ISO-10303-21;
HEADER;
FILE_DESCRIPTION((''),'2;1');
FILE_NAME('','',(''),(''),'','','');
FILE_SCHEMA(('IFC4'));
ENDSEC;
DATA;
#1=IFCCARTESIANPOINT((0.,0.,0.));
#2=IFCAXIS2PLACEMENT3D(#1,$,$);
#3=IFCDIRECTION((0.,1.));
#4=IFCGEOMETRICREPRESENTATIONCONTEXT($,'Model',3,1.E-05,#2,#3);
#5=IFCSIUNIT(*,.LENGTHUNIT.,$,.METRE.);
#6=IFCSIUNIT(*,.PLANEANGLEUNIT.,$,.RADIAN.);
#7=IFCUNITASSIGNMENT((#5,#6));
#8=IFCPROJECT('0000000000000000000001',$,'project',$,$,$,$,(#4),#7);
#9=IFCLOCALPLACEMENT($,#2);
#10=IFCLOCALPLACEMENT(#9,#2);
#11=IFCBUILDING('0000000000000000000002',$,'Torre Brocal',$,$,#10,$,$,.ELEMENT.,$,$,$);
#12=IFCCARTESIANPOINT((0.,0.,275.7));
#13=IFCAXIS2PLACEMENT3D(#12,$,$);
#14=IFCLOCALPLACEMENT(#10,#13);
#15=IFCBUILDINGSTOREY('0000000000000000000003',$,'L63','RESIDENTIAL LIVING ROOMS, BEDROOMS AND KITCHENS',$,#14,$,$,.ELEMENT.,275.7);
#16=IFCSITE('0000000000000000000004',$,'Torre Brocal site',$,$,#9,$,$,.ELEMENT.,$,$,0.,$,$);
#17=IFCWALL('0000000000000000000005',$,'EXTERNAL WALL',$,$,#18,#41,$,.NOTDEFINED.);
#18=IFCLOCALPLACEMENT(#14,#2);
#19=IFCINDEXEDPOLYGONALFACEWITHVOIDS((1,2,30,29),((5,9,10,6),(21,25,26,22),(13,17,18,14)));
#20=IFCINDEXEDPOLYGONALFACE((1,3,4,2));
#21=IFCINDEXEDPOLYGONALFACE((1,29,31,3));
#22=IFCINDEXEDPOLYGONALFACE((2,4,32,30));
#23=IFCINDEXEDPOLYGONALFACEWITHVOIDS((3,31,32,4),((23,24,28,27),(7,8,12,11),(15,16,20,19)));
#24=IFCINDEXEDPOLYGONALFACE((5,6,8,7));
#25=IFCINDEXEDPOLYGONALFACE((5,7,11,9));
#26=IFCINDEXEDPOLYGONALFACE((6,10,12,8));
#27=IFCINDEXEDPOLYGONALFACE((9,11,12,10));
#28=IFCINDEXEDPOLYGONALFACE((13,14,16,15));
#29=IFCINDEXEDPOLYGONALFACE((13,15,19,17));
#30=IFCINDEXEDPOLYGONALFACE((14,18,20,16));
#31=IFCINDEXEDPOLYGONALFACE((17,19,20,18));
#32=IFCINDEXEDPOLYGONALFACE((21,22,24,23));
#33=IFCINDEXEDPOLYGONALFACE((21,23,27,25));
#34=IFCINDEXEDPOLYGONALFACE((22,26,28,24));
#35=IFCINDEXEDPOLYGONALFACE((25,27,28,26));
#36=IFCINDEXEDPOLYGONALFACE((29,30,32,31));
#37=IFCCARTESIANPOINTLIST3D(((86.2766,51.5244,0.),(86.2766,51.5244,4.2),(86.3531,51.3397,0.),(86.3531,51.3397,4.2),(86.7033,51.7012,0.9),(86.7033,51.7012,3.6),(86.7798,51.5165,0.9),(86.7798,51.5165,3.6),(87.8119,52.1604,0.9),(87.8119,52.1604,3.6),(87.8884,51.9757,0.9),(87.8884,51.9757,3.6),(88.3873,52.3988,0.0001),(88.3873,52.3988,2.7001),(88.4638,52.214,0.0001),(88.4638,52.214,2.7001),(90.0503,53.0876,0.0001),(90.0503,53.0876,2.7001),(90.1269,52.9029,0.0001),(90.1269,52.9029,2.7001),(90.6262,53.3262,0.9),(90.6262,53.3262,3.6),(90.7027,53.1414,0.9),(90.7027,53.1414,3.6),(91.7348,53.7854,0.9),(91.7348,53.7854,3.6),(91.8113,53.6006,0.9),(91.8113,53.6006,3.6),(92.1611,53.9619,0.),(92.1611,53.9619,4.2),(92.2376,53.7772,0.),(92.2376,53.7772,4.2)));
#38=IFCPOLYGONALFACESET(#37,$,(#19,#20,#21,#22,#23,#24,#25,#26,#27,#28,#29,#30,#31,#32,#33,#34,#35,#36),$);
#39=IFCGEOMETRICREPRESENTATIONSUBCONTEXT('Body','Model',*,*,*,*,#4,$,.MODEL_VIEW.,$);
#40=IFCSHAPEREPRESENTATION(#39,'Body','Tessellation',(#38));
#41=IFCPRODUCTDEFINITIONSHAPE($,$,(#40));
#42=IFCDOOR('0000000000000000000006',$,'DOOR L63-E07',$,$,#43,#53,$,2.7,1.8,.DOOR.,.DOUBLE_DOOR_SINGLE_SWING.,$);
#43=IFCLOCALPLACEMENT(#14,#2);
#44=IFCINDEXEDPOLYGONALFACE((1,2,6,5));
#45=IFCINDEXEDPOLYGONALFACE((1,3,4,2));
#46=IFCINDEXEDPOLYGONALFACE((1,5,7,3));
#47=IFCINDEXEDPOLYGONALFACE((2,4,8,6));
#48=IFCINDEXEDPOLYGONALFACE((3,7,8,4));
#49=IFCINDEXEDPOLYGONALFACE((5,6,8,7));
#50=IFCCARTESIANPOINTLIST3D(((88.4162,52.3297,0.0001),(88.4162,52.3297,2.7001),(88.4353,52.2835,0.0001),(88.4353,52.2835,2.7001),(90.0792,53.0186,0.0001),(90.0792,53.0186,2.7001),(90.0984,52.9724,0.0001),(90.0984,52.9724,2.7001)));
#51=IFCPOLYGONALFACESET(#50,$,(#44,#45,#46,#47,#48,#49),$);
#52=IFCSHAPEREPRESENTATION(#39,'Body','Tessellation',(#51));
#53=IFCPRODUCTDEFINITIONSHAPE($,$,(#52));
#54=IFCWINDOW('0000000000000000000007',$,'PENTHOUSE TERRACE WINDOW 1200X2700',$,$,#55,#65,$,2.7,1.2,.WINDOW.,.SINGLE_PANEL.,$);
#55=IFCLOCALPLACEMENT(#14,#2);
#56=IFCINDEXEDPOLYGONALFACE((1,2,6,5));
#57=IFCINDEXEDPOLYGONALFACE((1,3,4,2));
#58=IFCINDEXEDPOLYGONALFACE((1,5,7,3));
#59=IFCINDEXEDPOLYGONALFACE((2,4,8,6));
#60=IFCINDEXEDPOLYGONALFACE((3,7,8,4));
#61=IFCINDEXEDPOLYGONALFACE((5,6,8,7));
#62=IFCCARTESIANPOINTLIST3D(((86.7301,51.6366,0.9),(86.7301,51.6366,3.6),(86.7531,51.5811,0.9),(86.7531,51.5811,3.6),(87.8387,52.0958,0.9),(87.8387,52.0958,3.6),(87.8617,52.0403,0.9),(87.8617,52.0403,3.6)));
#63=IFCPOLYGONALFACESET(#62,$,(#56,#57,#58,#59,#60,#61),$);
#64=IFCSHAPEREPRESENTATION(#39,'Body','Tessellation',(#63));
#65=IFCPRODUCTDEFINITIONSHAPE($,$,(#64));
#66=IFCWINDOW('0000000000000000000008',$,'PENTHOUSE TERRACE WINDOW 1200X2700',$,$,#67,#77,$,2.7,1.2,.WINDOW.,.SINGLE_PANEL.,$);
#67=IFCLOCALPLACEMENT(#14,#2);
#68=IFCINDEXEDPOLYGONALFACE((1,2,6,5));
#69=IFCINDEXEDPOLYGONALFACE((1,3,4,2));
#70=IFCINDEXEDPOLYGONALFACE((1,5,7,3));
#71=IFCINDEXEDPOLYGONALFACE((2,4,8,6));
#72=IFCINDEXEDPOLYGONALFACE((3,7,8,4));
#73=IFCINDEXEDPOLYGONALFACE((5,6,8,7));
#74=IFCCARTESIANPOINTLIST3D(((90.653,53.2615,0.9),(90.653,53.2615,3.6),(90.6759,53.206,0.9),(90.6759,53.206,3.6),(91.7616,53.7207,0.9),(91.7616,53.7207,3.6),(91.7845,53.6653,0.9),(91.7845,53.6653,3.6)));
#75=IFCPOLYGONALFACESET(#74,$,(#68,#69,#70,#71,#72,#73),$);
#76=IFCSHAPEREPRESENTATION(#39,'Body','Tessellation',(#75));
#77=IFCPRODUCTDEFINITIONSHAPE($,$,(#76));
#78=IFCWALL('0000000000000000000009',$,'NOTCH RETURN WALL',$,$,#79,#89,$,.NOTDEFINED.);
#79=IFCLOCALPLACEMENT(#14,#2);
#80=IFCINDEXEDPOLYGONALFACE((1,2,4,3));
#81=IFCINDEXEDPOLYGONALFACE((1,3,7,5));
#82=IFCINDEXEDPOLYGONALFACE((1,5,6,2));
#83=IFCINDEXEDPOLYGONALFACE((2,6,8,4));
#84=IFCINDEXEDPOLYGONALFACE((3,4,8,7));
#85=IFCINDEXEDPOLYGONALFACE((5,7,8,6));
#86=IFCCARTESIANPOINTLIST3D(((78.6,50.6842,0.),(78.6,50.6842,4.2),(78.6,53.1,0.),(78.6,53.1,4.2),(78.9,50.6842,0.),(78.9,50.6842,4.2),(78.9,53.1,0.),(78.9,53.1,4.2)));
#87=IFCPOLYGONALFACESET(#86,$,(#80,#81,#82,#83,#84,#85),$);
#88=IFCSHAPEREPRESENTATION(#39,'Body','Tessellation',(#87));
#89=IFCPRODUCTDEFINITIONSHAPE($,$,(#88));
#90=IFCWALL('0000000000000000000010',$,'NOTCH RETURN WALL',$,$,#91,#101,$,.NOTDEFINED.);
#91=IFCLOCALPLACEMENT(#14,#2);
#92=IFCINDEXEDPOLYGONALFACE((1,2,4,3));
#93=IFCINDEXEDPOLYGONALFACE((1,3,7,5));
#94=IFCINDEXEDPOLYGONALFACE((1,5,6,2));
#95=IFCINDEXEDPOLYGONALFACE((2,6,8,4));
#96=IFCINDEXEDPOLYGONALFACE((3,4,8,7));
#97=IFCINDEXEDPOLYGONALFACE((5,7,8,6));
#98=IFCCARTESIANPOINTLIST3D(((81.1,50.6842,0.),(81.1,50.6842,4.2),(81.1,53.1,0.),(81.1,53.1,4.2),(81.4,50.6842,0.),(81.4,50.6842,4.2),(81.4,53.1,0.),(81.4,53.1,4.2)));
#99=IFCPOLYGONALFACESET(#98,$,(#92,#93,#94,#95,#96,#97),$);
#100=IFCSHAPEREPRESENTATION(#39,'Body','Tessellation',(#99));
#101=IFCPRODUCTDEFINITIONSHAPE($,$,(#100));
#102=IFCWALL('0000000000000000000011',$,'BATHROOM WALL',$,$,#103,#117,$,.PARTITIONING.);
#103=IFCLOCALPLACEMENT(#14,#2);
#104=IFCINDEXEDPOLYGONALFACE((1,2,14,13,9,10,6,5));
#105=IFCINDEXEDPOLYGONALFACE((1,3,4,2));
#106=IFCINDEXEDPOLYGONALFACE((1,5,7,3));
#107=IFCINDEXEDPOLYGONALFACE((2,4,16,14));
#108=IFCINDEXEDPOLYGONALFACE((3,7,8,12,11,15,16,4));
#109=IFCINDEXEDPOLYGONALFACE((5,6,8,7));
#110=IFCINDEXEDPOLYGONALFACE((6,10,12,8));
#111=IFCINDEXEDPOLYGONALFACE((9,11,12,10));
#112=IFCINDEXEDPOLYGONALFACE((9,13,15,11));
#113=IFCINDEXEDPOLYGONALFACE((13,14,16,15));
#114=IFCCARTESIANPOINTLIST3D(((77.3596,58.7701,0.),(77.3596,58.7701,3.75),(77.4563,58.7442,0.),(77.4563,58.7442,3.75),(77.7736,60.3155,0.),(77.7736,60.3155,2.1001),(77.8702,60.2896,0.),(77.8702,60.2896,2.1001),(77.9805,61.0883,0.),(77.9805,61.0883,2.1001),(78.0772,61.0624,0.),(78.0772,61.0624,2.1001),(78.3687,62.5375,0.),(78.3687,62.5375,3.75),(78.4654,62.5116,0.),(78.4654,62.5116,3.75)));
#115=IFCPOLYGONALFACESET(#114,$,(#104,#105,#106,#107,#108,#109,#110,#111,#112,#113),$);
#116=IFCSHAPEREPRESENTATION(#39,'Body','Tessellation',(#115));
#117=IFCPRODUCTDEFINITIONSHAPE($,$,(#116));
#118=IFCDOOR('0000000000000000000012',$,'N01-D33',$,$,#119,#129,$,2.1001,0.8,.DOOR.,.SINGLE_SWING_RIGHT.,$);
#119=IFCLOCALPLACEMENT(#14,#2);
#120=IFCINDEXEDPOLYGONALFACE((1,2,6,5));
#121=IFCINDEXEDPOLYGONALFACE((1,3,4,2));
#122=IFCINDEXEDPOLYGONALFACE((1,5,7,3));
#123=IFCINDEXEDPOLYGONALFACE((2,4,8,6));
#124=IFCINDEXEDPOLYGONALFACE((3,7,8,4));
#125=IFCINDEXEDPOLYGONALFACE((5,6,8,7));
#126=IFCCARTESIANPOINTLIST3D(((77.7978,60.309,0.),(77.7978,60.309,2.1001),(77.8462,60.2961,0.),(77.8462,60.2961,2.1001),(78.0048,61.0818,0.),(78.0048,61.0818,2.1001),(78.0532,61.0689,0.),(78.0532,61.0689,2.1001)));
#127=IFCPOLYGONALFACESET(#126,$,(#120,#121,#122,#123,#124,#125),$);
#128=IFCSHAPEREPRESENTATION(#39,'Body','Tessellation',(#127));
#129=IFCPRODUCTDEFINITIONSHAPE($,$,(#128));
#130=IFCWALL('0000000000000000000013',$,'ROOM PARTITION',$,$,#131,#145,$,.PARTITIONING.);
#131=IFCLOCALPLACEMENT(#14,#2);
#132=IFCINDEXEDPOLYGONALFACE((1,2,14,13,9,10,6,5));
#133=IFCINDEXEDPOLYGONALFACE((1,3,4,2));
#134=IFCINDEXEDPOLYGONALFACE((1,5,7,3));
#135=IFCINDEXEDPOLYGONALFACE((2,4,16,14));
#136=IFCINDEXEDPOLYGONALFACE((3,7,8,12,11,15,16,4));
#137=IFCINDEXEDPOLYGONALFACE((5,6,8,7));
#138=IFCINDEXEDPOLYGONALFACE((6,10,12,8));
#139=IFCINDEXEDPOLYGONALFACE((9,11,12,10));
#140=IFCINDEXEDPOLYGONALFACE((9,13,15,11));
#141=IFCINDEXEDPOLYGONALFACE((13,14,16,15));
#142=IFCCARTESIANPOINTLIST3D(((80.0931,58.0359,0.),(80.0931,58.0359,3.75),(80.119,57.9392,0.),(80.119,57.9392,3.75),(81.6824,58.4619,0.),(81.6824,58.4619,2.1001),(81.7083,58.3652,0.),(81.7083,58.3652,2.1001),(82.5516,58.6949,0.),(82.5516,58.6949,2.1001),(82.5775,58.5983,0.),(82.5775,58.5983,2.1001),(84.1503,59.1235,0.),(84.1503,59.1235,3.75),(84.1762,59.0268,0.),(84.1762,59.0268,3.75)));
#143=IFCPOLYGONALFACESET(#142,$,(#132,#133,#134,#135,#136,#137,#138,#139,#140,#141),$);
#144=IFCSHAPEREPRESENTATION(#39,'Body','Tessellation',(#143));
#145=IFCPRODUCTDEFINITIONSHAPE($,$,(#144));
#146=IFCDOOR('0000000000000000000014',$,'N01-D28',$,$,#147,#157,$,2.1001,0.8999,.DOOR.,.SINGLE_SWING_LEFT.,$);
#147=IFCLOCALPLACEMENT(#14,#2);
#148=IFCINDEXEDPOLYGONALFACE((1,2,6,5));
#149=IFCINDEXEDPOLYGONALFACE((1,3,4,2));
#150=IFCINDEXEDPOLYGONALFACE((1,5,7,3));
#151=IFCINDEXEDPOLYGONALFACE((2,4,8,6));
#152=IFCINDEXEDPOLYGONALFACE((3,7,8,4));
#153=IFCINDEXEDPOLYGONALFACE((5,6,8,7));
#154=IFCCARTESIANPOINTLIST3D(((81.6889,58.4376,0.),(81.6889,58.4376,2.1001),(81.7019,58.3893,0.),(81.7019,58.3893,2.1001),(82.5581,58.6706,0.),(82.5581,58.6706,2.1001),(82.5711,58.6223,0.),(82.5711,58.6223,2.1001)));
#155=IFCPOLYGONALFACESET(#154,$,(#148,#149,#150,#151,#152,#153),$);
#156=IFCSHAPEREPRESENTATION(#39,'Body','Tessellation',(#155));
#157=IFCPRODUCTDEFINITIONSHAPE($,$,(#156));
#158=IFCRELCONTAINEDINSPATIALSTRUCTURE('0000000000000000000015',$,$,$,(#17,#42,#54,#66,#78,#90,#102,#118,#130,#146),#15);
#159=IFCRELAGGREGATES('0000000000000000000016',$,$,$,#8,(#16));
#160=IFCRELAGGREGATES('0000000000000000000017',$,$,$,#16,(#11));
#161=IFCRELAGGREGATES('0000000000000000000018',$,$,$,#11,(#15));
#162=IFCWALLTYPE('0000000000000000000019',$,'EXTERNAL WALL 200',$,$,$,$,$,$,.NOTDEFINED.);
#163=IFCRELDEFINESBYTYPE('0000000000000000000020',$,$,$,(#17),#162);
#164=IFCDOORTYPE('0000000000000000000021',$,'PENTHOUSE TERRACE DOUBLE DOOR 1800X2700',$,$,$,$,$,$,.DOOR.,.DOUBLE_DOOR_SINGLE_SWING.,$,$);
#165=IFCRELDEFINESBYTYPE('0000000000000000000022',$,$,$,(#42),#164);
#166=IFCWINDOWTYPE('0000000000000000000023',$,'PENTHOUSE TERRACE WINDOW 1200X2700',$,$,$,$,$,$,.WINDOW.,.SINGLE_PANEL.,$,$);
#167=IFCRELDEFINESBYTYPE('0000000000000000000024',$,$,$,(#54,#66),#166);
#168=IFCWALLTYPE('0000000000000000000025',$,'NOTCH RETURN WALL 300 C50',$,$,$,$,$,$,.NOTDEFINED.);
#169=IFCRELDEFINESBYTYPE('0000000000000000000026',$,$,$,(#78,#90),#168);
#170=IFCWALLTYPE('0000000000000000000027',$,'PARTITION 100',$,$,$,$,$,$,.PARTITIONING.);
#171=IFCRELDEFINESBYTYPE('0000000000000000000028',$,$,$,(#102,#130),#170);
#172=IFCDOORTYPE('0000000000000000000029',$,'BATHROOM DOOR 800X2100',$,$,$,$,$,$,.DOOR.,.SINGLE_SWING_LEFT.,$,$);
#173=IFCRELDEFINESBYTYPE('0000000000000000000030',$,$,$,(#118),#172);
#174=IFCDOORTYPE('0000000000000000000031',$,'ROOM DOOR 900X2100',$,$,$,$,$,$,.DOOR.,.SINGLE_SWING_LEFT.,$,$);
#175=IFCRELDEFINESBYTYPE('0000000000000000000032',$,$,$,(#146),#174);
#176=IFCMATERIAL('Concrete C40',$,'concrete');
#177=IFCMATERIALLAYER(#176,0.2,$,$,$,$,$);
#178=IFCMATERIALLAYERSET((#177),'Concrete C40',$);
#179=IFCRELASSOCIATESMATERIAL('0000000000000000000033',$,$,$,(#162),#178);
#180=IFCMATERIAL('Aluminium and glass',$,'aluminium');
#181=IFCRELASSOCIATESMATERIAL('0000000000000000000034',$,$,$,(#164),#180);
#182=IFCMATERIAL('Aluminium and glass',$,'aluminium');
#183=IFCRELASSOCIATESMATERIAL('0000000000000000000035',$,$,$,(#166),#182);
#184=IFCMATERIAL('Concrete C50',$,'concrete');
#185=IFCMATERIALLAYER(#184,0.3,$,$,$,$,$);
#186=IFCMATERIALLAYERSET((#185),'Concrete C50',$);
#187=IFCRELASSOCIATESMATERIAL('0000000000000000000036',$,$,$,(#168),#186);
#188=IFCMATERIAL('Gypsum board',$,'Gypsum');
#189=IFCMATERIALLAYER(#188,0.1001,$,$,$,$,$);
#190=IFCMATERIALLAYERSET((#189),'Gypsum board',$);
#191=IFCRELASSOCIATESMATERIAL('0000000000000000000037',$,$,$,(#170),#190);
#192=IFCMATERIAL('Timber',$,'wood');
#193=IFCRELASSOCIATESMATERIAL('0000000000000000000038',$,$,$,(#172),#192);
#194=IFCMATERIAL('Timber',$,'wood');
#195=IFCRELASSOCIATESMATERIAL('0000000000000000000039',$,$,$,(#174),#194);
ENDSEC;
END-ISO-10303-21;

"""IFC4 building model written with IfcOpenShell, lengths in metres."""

from ifc_helpers import new_model, si_unit, direction, frame, frame_2d, origin, place, context, subcontext, project, spatial, rectangle, extrude, material, layer, layer_set, type_object, element, fill, save


model = new_model("IFC4")

# Units and contexts
model_context = context("Model", 3, precision=1e-05, world=origin(), true_north=direction((0.0, 1.0)))
body_context = subcontext(model_context, "Body", "Model", "MODEL_VIEW")
ifc_project = project(units=[si_unit("LENGTHUNIT", "METRE"), si_unit("PLANEANGLEUNIT", "RADIAN")], contexts=[model_context])

# Site, building, storey
site_placement = place(None, origin())
site = spatial("IfcSite", under=ifc_project, at=site_placement, Name="Torre Brocal site", CompositionType="ELEMENT", RefElevation=0.0)
building_placement = place(site_placement, origin())
building = spatial("IfcBuilding", under=site, at=building_placement, Name="Torre Brocal", CompositionType="ELEMENT")
storey_placement = place(building_placement, frame((0.0, 0.0, 275.7)))
storey = spatial("IfcBuildingStorey", under=building, at=storey_placement, Name="L63", Description="RESIDENTIAL LIVING ROOMS, BEDROOMS AND KITCHENS", CompositionType="ELEMENT", Elevation=275.7)

# Wall, openings, door, windows
ifc_material_1 = material(Name="Concrete C40", Category="concrete")
ifc_layer_1 = layer(ifc_material_1, 0.2)
ifc_layer_set_1 = layer_set([ifc_layer_1], Name="Concrete C40")
wall_type_1 = type_object("IfcWallType", Name="EXTERNAL WALL 200", PredefinedType="NOTDEFINED", material=ifc_layer_set_1)
wall_1_placement = place(storey_placement, frame((86.3149, 51.4321, 0.0), z_axis=(0.0, 0.0, 1.0), x_axis=(0.923877, 0.38269, 0.0)))
wall_1 = element("IfcWall", 1, at=wall_1_placement, inside=storey, type_object=wall_type_1, Name="EXTERNAL WALL", PredefinedType="NOTDEFINED", context=body_context, shape_type="SweptSolid", body=[
    extrude(rectangle(XDim=6.3694, YDim=0.2, at=frame_2d((3.1846, 0.0))), origin(), (0.0, 0.0, 1.0), 4.2),
])
opening_1_placement = place(wall_1_placement, frame((0.4617, 0.0, 0.8999)))
opening_1 = element("IfcOpeningElement", 2, at=opening_1_placement, cuts=wall_1, PredefinedType="OPENING", context=body_context, shape_type="SweptSolid", body=[
    extrude(rectangle(XDim=1.2, YDim=2.7, at=frame_2d((0.6001, 1.3501))), frame((0.0, 0.1099, 0.0), z_axis=(0.0, -1.0, 0.0), x_axis=(1.0, 0.0, 0.0)), (0.0, 0.0, 1.0), 0.22),
])
opening_2_placement = place(wall_1_placement, frame((2.2847, 0.0, 0.0)))
opening_2 = element("IfcOpeningElement", 3, at=opening_2_placement, cuts=wall_1, PredefinedType="OPENING", context=body_context, shape_type="SweptSolid", body=[
    extrude(rectangle(XDim=1.8, YDim=2.7, at=frame_2d((0.8999, 1.3501))), frame((0.0, 0.1099, 0.0), z_axis=(0.0, -1.0, 0.0), x_axis=(1.0, 0.0, 0.0)), (0.0, 0.0, 1.0), 0.22),
])
opening_3_placement = place(wall_1_placement, frame((4.7078, 0.0, 0.8999)))
opening_3 = element("IfcOpeningElement", 4, at=opening_3_placement, cuts=wall_1, PredefinedType="OPENING", context=body_context, shape_type="SweptSolid", body=[
    extrude(rectangle(XDim=1.2, YDim=2.7, at=frame_2d((0.6001, 1.3501))), frame((0.0, 0.1099, 0.0), z_axis=(0.0, -1.0, 0.0), x_axis=(1.0, 0.0, 0.0)), (0.0, 0.0, 1.0), 0.22),
])
ifc_material_2 = material(Name="Aluminium and glass", Category="aluminium")
door_type_1 = type_object("IfcDoorType", Name="PENTHOUSE TERRACE DOUBLE DOOR 1800X2700", OperationType="DOUBLE_DOOR_SINGLE_SWING", PredefinedType="DOOR", material=ifc_material_2)
door_1_placement = place(opening_2_placement, frame((1.8, 0.0, 0.0), z_axis=(0.0, 0.0, 1.0), x_axis=(-1.0, 0.0, 0.0)))
door_1 = element("IfcDoor", 5, at=door_1_placement, inside=storey, type_object=door_type_1, Name="DOOR L63-E07", OperationType="DOUBLE_DOOR_SINGLE_SWING", OverallHeight=2.7, OverallWidth=1.8, PredefinedType="DOOR", context=body_context, shape_type="SweptSolid", body=[
    extrude(rectangle(XDim=1.8, YDim=2.7, at=frame_2d((0.8999, 1.3501))), frame((0.0, 0.0249, 0.0), z_axis=(0.0, -1.0, 0.0), x_axis=(1.0, 0.0, 0.0)), (0.0, 0.0, 1.0), 0.05),
])
fill(opening_2, door_1)
ifc_material_3 = material(Name="Aluminium and glass", Category="aluminium")
window_type = type_object("IfcWindowType", Name="PENTHOUSE TERRACE WINDOW 1200X2700", PartitioningType="SINGLE_PANEL", PredefinedType="WINDOW", material=ifc_material_3)
window_1_placement = place(opening_1_placement, origin())
window_1 = element("IfcWindow", 6, at=window_1_placement, inside=storey, type_object=window_type, Name="PENTHOUSE TERRACE WINDOW 1200X2700", OverallHeight=2.7, OverallWidth=1.2, PartitioningType="SINGLE_PANEL", PredefinedType="WINDOW", context=body_context, shape_type="SweptSolid", body=[
    extrude(rectangle(XDim=1.2, YDim=2.7, at=frame_2d((0.6001, 1.3501))), frame((0.0, 0.03, 0.0), z_axis=(0.0, -1.0, 0.0), x_axis=(1.0, 0.0, 0.0)), (0.0, 0.0, 1.0), 0.0601),
])
fill(opening_1, window_1)
window_2_placement = place(opening_3_placement, origin())
window_2 = element("IfcWindow", 7, at=window_2_placement, inside=storey, type_object=window_type, Name="PENTHOUSE TERRACE WINDOW 1200X2700", OverallHeight=2.7, OverallWidth=1.2, PartitioningType="SINGLE_PANEL", PredefinedType="WINDOW", context=body_context, shape_type="SweptSolid", body=[
    extrude(rectangle(XDim=1.2, YDim=2.7, at=frame_2d((0.6001, 1.3501))), frame((0.0, 0.03, 0.0), z_axis=(0.0, -1.0, 0.0), x_axis=(1.0, 0.0, 0.0)), (0.0, 0.0, 1.0), 0.0601),
])
fill(opening_3, window_2)

# Walls
ifc_material_4 = material(Name="Concrete C50", Category="concrete")
ifc_layer_2 = layer(ifc_material_4, 0.3)
ifc_layer_set_2 = layer_set([ifc_layer_2], Name="Concrete C50")
wall_type_2 = type_object("IfcWallType", Name="NOTCH RETURN WALL 300 C50", PredefinedType="NOTDEFINED", material=ifc_layer_set_2)
for number, where, z_axis, x_axis, name in (
    (8, (78.75, 53.1001, 0.0), (0.0, 0.0, 1.0), (0.0, -1.0, 0.0), "NOTCH RETURN WALL"),
    (9, (81.25, 53.1001, 0.0), (0.0, 0.0, 1.0), (0.0, -1.0, 0.0), "NOTCH RETURN WALL"),
):
    element("IfcWall", number, at=place(storey_placement, frame(where, z_axis=z_axis, x_axis=x_axis)), inside=storey, type_object=wall_type_2, Name=name, PredefinedType="NOTDEFINED", context=body_context, shape_type="SweptSolid", body=[
        extrude(rectangle(XDim=2.4158, YDim=0.3, at=frame_2d((1.208, 0.0))), origin(), (0.0, 0.0, 1.0), 4.2),
    ])

# Walls, openings, doors
ifc_material_5 = material(Name="Gypsum board", Category="Gypsum")
ifc_layer_3 = layer(ifc_material_5, 0.1001)
ifc_layer_set_3 = layer_set([ifc_layer_3], Name="Gypsum board")
wall_type_3 = type_object("IfcWallType", Name="PARTITION 100", PredefinedType="PARTITIONING", material=ifc_layer_set_3)
wall_2_placement = place(storey_placement, frame((77.408, 58.7571, 0.0), z_axis=(0.0, 0.0, 1.0), x_axis=(0.258718, 0.965953, 0.0)))
wall_2 = element("IfcWall", 10, at=wall_2_placement, inside=storey, type_object=wall_type_3, Name="BATHROOM WALL", PredefinedType="PARTITIONING", context=body_context, shape_type="SweptSolid", body=[
    extrude(rectangle(XDim=3.9001, YDim=0.1001, at=frame_2d((1.9502, 0.0))), origin(), (0.0, 0.0, 1.0), 3.75),
])
opening_4_placement = place(wall_2_placement, frame((1.6001, 0.0, 0.0)))
opening_4 = element("IfcOpeningElement", 11, at=opening_4_placement, cuts=wall_2, PredefinedType="OPENING", context=body_context, shape_type="SweptSolid", body=[
    extrude(rectangle(XDim=0.8, YDim=2.1001, at=frame_2d((0.3999, 1.05))), frame((0.0, 0.0601, 0.0), z_axis=(0.0, -1.0, 0.0), x_axis=(1.0, 0.0, 0.0)), (0.0, 0.0, 1.0), 0.1201),
])
ifc_material_6 = material(Name="Timber", Category="wood")
door_type_2 = type_object("IfcDoorType", Name="BATHROOM DOOR 800X2100", OperationType="SINGLE_SWING_LEFT", PredefinedType="DOOR", material=ifc_material_6)
door_2_placement = place(opening_4_placement, origin())
door_2 = element("IfcDoor", 12, at=door_2_placement, inside=storey, type_object=door_type_2, Name="N01-D33", OperationType="SINGLE_SWING_RIGHT", OverallHeight=2.1001, OverallWidth=0.8, PredefinedType="DOOR", context=body_context, shape_type="SweptSolid", body=[
    extrude(rectangle(XDim=0.8, YDim=2.1001, at=frame_2d((0.3999, 1.05))), frame((0.0, 0.0249, 0.0), z_axis=(0.0, -1.0, 0.0), x_axis=(1.0, 0.0, 0.0)), (0.0, 0.0, 1.0), 0.05),
])
fill(opening_4, door_2)
wall_3_placement = place(storey_placement, frame((80.1062, 57.9875, 0.0), z_axis=(0.0, 0.0, 1.0), x_axis=(0.965894, 0.258939, 0.0)))
wall_3 = element("IfcWall", 13, at=wall_3_placement, inside=storey, type_object=wall_type_3, Name="ROOM PARTITION", PredefinedType="PARTITIONING", context=body_context, shape_type="SweptSolid", body=[
    extrude(rectangle(XDim=4.2004, YDim=0.1001, at=frame_2d((2.1001, 0.0))), origin(), (0.0, 0.0, 1.0), 3.75),
])
opening_5_placement = place(wall_3_placement, frame((1.6453, 0.0, 0.0)))
opening_5 = element("IfcOpeningElement", 14, at=opening_5_placement, cuts=wall_3, PredefinedType="OPENING", context=body_context, shape_type="SweptSolid", body=[
    extrude(rectangle(XDim=0.8999, YDim=2.1001, at=frame_2d((0.45, 1.05))), frame((0.0, 0.0601, 0.0), z_axis=(0.0, -1.0, 0.0), x_axis=(1.0, 0.0, 0.0)), (0.0, 0.0, 1.0), 0.1201),
])
ifc_material_7 = material(Name="Timber", Category="wood")
door_type_3 = type_object("IfcDoorType", Name="ROOM DOOR 900X2100", OperationType="SINGLE_SWING_LEFT", PredefinedType="DOOR", material=ifc_material_7)
door_3_placement = place(opening_5_placement, origin())
door_3 = element("IfcDoor", 15, at=door_3_placement, inside=storey, type_object=door_type_3, Name="N01-D28", OperationType="SINGLE_SWING_LEFT", OverallHeight=2.1001, OverallWidth=0.8999, PredefinedType="DOOR", context=body_context, shape_type="SweptSolid", body=[
    extrude(rectangle(XDim=0.8999, YDim=2.1001, at=frame_2d((0.45, 1.05))), frame((0.0, 0.0249, 0.0), z_axis=(0.0, -1.0, 0.0), x_axis=(1.0, 0.0, 0.0)), (0.0, 0.0, 1.0), 0.05),
])
fill(opening_5, door_3)

save(model, "model.ifc")
